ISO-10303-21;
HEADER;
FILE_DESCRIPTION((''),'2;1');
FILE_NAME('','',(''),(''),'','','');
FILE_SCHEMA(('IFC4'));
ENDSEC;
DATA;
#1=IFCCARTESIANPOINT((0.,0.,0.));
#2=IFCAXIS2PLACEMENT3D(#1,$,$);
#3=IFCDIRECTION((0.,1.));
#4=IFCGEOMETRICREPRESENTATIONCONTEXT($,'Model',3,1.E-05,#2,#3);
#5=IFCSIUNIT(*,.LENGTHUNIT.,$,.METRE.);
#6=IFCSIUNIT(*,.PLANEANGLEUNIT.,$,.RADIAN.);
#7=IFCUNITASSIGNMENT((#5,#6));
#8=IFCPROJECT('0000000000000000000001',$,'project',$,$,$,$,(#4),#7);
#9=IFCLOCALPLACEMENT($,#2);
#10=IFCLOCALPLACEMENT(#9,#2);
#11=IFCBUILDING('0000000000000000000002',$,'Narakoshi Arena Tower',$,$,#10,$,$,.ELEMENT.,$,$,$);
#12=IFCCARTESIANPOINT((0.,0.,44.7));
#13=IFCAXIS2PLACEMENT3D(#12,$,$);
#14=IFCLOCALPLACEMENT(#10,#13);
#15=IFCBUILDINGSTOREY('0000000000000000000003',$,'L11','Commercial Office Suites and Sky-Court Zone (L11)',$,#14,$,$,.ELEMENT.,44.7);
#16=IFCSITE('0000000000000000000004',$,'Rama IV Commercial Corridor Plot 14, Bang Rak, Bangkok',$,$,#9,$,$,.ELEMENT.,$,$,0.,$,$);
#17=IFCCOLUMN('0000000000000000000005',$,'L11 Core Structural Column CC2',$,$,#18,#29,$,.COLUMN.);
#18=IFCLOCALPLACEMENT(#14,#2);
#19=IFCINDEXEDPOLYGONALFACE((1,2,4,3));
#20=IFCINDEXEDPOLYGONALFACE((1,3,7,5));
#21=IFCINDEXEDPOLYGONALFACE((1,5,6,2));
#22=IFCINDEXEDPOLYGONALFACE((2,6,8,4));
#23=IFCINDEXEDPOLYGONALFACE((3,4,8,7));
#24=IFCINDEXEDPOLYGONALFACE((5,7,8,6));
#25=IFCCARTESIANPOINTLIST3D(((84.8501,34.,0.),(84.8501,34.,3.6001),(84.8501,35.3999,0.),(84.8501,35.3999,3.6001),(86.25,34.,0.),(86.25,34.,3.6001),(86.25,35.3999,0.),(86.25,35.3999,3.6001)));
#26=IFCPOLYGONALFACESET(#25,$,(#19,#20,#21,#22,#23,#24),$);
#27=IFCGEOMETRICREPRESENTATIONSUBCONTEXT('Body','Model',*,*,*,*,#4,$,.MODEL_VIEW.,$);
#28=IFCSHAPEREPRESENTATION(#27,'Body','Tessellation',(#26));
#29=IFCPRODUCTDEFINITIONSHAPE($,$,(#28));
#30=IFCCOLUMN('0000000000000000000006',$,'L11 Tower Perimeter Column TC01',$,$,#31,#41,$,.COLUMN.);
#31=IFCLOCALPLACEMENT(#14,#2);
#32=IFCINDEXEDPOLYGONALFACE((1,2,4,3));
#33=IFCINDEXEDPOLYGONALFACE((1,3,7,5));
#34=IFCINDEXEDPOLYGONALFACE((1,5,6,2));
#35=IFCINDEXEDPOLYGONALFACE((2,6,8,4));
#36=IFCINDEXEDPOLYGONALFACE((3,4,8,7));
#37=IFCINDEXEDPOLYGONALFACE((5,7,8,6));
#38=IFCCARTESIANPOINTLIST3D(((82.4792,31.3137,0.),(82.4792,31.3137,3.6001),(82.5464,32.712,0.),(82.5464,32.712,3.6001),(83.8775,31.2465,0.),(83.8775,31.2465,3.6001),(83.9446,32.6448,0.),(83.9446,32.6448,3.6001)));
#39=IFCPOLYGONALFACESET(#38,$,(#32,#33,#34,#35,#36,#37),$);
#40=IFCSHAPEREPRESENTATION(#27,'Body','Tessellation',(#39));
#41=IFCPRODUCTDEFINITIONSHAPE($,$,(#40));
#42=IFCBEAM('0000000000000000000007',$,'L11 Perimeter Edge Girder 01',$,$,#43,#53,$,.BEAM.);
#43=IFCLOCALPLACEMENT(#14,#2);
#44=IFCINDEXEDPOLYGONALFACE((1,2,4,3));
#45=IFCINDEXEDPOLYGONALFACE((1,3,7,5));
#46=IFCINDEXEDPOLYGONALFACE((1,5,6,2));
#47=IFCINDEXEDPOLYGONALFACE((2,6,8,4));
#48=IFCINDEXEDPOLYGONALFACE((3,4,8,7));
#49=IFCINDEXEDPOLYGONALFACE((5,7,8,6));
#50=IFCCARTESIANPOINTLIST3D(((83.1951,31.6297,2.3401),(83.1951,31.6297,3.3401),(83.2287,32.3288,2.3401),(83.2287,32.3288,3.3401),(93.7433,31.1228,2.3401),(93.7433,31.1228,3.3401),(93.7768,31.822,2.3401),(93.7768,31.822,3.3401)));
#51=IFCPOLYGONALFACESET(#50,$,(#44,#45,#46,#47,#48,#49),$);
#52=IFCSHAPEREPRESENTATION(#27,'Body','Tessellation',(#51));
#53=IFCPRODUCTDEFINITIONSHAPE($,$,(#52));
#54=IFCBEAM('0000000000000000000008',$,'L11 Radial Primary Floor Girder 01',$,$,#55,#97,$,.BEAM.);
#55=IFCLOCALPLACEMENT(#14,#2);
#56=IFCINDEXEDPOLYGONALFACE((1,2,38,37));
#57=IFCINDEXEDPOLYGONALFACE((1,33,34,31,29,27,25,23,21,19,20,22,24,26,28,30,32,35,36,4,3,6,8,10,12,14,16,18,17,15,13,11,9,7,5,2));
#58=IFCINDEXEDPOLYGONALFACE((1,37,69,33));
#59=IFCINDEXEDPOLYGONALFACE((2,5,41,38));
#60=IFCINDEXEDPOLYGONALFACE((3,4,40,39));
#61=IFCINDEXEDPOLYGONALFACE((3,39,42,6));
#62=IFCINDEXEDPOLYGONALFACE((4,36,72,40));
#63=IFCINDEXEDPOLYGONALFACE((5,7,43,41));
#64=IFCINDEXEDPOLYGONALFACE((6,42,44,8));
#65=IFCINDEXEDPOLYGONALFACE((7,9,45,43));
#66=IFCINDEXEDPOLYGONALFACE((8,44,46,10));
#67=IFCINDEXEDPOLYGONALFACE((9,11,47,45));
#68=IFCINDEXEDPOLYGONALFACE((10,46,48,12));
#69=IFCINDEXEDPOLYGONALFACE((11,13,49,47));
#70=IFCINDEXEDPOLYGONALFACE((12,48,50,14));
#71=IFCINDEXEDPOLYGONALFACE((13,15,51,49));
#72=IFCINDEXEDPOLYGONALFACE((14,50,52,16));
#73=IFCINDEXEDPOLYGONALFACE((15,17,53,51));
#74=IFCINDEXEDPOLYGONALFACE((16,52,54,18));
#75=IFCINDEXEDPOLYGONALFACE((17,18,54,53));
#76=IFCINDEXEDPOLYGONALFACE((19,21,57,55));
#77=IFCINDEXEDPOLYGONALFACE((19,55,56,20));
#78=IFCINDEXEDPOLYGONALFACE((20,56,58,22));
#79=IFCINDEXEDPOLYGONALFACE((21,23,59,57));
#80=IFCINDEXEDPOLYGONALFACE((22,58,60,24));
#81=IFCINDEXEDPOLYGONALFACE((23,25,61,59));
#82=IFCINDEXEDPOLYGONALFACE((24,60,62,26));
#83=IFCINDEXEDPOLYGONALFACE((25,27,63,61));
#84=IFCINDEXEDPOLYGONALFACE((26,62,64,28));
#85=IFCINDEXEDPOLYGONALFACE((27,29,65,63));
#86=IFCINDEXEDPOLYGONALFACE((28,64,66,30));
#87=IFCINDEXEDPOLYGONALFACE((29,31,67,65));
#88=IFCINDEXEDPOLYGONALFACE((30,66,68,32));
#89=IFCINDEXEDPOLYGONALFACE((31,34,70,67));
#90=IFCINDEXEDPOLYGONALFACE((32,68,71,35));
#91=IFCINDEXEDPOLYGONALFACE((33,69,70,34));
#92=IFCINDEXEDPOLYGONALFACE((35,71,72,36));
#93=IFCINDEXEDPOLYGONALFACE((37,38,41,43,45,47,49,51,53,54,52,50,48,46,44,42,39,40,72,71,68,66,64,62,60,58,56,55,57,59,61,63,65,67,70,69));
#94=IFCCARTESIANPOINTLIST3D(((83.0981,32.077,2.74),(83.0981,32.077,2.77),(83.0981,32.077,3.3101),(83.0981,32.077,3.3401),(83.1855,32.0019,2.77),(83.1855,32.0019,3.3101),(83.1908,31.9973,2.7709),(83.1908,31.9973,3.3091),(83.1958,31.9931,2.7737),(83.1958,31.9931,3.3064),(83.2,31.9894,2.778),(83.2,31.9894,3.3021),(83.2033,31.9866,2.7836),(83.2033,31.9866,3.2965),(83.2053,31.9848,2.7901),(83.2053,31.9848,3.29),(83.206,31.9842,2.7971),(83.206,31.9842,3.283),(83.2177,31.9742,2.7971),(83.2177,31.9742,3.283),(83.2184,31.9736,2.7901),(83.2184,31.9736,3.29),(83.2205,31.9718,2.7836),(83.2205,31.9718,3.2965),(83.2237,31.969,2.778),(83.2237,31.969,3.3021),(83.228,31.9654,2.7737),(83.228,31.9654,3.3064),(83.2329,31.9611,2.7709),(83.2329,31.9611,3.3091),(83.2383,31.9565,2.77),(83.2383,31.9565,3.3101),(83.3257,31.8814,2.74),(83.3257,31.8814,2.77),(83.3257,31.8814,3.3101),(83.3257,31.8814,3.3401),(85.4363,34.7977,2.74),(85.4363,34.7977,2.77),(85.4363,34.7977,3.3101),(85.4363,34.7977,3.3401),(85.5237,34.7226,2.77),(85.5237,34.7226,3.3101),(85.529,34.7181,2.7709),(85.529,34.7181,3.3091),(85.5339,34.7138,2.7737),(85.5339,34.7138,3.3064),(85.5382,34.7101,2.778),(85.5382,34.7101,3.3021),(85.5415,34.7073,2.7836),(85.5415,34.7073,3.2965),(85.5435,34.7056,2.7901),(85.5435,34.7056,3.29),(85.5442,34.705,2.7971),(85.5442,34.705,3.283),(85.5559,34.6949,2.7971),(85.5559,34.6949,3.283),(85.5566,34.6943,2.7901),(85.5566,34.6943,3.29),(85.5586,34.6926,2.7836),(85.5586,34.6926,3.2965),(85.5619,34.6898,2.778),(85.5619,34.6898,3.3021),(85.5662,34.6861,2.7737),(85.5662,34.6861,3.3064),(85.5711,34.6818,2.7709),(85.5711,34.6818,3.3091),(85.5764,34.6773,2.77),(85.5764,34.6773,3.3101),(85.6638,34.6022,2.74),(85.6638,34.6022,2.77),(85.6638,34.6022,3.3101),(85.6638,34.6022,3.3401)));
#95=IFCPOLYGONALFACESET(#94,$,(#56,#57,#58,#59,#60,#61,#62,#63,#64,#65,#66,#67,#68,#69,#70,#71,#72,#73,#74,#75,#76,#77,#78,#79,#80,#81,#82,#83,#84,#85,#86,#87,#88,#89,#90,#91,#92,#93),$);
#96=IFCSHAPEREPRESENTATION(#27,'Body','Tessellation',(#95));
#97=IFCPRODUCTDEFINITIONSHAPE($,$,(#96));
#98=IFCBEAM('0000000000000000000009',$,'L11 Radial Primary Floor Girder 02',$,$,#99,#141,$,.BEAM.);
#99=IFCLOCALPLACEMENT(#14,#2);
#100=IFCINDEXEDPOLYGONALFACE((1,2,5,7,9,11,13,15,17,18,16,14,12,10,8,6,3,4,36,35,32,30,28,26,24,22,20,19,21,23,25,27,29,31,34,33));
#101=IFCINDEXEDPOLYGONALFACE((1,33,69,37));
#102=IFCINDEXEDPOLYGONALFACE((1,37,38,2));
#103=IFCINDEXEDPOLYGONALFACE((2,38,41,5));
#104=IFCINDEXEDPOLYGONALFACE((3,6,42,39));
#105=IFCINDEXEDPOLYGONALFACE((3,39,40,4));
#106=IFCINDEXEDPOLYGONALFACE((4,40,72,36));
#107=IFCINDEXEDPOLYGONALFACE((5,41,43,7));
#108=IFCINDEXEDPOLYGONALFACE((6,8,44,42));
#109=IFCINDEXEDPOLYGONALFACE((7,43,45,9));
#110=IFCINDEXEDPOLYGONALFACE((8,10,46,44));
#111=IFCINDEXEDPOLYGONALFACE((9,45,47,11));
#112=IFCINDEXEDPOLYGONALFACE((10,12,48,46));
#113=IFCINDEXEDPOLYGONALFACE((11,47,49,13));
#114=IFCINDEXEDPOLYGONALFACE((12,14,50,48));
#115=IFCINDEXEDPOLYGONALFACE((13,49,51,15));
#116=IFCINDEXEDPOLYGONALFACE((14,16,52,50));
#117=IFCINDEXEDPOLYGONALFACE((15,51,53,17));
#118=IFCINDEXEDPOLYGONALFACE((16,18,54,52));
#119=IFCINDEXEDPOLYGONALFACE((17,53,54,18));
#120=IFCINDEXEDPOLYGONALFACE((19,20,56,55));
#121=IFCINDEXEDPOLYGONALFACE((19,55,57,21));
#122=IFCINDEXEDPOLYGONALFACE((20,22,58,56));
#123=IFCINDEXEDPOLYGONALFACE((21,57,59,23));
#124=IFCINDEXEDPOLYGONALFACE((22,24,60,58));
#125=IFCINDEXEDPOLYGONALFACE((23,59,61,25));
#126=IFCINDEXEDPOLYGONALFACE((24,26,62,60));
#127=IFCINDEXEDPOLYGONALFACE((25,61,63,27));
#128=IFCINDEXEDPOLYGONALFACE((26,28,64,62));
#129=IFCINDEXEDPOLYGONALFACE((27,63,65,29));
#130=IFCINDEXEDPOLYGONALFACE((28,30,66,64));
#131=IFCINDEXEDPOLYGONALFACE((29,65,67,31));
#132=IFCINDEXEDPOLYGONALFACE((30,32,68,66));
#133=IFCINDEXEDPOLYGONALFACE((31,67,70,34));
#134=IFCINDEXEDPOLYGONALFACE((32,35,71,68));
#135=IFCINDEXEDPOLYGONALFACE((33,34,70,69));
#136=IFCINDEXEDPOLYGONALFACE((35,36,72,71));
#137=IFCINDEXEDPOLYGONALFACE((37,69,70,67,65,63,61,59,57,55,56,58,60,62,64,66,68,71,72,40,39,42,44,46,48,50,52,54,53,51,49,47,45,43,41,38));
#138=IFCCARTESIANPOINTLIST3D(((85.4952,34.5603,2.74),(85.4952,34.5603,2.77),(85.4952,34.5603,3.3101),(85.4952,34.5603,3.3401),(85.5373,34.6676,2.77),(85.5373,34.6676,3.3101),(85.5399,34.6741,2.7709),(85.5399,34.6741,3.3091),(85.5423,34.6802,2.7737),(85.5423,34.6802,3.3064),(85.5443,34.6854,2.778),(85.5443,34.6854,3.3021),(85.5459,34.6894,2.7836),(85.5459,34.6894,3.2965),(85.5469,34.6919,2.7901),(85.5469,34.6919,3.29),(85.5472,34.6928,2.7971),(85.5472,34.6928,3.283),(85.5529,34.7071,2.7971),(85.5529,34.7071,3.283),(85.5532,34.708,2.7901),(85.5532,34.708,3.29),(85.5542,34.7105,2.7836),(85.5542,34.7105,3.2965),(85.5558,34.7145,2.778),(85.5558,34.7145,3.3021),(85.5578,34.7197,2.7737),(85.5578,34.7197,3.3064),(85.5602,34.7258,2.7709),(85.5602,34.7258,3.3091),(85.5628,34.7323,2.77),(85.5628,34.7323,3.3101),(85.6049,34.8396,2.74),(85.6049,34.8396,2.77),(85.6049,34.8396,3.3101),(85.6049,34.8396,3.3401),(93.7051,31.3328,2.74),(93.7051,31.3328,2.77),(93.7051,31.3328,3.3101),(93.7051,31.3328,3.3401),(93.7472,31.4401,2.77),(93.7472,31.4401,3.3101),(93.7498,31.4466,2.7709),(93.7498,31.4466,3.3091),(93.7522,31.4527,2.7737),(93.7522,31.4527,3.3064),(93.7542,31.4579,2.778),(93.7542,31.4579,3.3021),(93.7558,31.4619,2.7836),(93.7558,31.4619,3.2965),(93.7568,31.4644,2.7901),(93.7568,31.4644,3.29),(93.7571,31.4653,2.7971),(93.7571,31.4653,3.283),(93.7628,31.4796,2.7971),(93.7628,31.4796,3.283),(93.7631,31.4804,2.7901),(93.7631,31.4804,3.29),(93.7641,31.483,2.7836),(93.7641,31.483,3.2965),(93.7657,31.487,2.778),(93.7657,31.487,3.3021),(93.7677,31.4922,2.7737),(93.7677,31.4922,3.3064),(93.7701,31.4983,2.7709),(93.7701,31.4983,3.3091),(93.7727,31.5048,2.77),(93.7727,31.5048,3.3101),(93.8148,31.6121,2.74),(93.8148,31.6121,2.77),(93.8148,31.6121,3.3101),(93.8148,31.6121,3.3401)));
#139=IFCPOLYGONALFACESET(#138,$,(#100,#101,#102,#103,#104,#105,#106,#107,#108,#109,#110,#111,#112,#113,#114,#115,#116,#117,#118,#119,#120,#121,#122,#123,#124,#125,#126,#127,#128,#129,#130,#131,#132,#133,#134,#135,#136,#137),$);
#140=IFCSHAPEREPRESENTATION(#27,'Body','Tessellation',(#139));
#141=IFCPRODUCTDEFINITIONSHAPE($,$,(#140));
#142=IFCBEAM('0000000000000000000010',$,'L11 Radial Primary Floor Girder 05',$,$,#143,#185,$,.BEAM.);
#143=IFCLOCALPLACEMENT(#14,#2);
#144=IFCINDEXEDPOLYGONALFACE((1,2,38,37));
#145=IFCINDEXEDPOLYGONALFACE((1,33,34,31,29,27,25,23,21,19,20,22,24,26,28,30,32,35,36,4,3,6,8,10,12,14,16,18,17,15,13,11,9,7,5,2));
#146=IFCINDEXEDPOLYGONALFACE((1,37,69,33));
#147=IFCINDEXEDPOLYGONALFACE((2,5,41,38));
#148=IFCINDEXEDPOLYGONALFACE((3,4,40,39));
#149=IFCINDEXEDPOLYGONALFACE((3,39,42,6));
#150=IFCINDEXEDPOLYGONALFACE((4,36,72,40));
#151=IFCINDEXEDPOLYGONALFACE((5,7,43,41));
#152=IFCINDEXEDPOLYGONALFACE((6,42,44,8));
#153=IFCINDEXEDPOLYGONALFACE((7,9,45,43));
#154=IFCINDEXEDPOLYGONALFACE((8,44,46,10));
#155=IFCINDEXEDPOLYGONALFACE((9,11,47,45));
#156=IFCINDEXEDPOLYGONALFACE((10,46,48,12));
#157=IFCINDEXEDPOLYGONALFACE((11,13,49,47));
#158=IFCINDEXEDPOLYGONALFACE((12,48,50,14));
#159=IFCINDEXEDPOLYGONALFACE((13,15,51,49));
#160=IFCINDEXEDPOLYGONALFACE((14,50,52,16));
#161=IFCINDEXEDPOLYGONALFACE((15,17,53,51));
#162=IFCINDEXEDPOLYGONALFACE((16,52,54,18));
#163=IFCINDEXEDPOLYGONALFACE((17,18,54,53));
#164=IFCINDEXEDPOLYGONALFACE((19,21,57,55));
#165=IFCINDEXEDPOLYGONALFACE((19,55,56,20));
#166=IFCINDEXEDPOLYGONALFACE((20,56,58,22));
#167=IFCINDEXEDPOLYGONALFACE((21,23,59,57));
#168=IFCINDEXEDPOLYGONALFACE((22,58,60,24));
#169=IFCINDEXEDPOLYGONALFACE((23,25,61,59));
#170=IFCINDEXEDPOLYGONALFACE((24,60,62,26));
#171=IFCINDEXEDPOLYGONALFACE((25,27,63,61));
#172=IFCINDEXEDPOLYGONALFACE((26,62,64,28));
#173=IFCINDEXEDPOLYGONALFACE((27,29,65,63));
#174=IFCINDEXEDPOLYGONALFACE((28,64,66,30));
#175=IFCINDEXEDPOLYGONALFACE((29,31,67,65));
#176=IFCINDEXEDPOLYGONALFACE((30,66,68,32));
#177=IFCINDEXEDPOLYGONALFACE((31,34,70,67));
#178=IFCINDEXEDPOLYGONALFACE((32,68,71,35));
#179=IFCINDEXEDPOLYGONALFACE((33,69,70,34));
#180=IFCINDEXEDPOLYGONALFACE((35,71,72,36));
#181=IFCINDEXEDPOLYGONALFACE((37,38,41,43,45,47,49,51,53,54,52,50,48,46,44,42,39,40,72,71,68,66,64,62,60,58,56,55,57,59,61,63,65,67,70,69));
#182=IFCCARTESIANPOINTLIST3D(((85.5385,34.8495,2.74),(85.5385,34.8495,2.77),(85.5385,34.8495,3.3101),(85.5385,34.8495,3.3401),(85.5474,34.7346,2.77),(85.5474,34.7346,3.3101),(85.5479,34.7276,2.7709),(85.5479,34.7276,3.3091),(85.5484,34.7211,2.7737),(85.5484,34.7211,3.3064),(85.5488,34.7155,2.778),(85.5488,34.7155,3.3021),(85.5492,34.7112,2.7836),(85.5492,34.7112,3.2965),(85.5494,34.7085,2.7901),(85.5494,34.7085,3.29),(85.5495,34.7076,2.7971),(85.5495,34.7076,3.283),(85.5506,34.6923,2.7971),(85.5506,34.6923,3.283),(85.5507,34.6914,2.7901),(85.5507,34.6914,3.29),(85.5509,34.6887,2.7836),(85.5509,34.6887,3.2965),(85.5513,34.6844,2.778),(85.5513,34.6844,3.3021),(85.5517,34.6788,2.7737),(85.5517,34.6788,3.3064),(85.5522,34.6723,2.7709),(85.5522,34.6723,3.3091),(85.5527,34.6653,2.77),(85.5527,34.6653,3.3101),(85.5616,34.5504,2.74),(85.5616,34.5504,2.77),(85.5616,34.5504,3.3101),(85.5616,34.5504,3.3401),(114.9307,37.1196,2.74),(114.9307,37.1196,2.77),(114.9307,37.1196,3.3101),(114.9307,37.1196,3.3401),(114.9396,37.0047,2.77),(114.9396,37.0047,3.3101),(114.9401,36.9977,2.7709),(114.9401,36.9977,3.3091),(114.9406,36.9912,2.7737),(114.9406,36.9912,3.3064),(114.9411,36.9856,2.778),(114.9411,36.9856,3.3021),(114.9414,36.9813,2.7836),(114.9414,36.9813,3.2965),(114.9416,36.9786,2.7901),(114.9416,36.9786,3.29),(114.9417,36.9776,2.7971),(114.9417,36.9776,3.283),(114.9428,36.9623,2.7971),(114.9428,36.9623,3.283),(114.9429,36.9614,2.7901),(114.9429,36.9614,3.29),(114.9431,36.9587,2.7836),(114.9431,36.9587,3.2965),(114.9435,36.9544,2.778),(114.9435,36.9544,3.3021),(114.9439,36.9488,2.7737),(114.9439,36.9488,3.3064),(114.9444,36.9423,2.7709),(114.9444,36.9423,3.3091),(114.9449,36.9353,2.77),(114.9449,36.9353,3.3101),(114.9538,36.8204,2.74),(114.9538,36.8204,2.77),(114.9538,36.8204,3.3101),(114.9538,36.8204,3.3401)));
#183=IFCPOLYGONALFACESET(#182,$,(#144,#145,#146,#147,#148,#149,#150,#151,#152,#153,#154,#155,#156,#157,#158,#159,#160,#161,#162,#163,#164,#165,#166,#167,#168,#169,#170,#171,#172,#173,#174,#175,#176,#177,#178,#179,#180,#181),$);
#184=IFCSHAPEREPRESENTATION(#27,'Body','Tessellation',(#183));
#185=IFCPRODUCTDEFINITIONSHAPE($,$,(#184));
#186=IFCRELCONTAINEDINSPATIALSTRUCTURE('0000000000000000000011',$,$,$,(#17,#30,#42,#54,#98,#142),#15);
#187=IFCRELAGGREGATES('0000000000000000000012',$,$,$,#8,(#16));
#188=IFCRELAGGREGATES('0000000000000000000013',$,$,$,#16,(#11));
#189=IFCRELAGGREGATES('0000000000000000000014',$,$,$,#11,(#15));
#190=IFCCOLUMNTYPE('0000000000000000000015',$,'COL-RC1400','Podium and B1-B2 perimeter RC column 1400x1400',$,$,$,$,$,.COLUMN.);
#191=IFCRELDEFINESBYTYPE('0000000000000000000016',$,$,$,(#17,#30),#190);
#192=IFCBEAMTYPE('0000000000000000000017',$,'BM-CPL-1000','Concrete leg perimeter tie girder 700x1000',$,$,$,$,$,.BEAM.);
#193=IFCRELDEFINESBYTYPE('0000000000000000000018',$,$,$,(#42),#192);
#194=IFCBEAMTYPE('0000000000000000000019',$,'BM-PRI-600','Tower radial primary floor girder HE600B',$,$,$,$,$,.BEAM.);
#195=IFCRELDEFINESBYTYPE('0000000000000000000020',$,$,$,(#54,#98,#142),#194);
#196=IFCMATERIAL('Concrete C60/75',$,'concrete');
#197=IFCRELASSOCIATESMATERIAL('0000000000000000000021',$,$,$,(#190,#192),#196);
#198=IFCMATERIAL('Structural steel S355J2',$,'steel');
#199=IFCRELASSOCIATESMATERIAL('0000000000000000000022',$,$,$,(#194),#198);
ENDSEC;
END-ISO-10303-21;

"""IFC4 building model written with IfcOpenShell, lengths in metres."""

from ifc_helpers import new_model, si_unit, direction, frame, origin, origin_2d, place, context, subcontext, project, spatial, rectangle, i_section, extrude, material, material_profile, profile_set, type_object, element, save


model = new_model("IFC4")

# Units and contexts
model_context = context("Model", 3, precision=1e-05, world=origin(), true_north=direction((0.0, 1.0)))
body_context = subcontext(model_context, "Body", "Model", "MODEL_VIEW")
ifc_project = project(units=[si_unit("LENGTHUNIT", "METRE"), si_unit("PLANEANGLEUNIT", "RADIAN")], contexts=[model_context])

# Site, building, storey
site_placement = place(None, origin())
site = spatial("IfcSite", under=ifc_project, at=site_placement, Name="Rama IV Commercial Corridor Plot 14, Bang Rak, Bangkok", CompositionType="ELEMENT", RefElevation=0.0)
building_placement = place(site_placement, origin())
building = spatial("IfcBuilding", under=site, at=building_placement, Name="Narakoshi Arena Tower", CompositionType="ELEMENT")
storey_placement = place(building_placement, frame((0.0, 0.0, 44.7)))
storey = spatial("IfcBuildingStorey", under=building, at=storey_placement, Name="L11", Description="Commercial Office Suites and Sky-Court Zone (L11)", CompositionType="ELEMENT", Elevation=44.7)

# Columns
ifc_material_1 = material(Name="Concrete C60/75", Category="concrete")
ifc_material_profile_1 = material_profile(ifc_material_1, rectangle(XDim=1.3999, YDim=1.3999, at=origin_2d()), Name="RC1400x1400")
ifc_profile_set_1 = profile_set([ifc_material_profile_1], Name="Concrete C60/75")
column_type = type_object("IfcColumnType", Name="COL-RC1400", Description="Podium and B1-B2 perimeter RC column 1400x1400", PredefinedType="COLUMN", material=ifc_profile_set_1)
for number, where, z_axis, x_axis, name in (
    (1, (85.55, 34.7, 0.0), (0.0, 0.0, 1.0), (1.0, 0.0, 0.0), "L11 Core Structural Column CC2"),
    (2, (83.2119, 31.9792, 0.0), (0.0, 0.0, 1.0), (-0.998848, 0.047978, 0.0), "L11 Tower Perimeter Column TC01"),
):
    element("IfcColumn", number, at=place(storey_placement, frame(where, z_axis=z_axis, x_axis=x_axis)), inside=storey, type_object=column_type, Name=name, PredefinedType="COLUMN", context=body_context, shape_type="SweptSolid", body=[
        extrude(rectangle(XDim=1.3999, YDim=1.3999, at=origin_2d()), origin(), (0.0, 0.0, 1.0), 3.6001),
    ])

# Beams
ifc_material_profile_2 = material_profile(ifc_material_1, rectangle(XDim=0.7, YDim=1.0, at=origin_2d()), Name="RCB700x1000")
ifc_profile_set_2 = profile_set([ifc_material_profile_2], Name="Concrete C60/75")
beam_type_1 = type_object("IfcBeamType", Name="BM-CPL-1000", Description="Concrete leg perimeter tie girder 700x1000", PredefinedType="BEAM", material=ifc_profile_set_2)
beam_1_placement = place(storey_placement, frame((83.2119, 31.9792, 2.8401), z_axis=(0.998848, -0.047995, 0.0), x_axis=(0.047995, 0.998848, 0.0)))
element("IfcBeam", 3, at=beam_1_placement, inside=storey, type_object=beam_type_1, Name="L11 Perimeter Edge Girder 01", PredefinedType="BEAM", context=body_context, shape_type="SweptSolid", body=[
    extrude(rectangle(XDim=0.7, YDim=1.0, at=origin_2d()), origin(), (0.0, 0.0, 1.0), 10.5603),
])
ifc_material_2 = material(Name="Structural steel S355J2", Category="steel")
ifc_material_profile_3 = material_profile(ifc_material_2, i_section(OverallWidth=0.3, OverallDepth=0.6001, WebThickness=0.0154, FlangeThickness=0.03, FilletRadius=0.0271, at=origin_2d()), Name="HE600B")
ifc_profile_set_3 = profile_set([ifc_material_profile_3], Name="Structural steel S355J2")
beam_type_2 = type_object("IfcBeamType", Name="BM-PRI-600", Description="Tower radial primary floor girder HE600B", PredefinedType="BEAM", material=ifc_profile_set_3)
beam_2_placement = place(storey_placement, frame((85.55, 34.7, 3.04), z_axis=(-0.651772, -0.758415, 0.0), x_axis=(0.758415, -0.651772, 0.0)))
element("IfcBeam", 4, at=beam_2_placement, inside=storey, type_object=beam_type_2, Name="L11 Radial Primary Floor Girder 01", PredefinedType="BEAM", context=body_context, shape_type="SweptSolid", body=[
    extrude(i_section(OverallWidth=0.3, OverallDepth=0.6001, WebThickness=0.0154, FlangeThickness=0.03, FilletRadius=0.0271, at=origin_2d()), origin(), (0.0, 0.0, 1.0), 3.5874),
])
beam_3_placement = place(storey_placement, frame((85.55, 34.7, 3.04), z_axis=(0.930667, -0.365868, 0.0), x_axis=(0.365868, 0.930667, 0.0)))
element("IfcBeam", 5, at=beam_3_placement, inside=storey, type_object=beam_type_2, Name="L11 Radial Primary Floor Girder 02", PredefinedType="BEAM", context=body_context, shape_type="SweptSolid", body=[
    extrude(i_section(OverallWidth=0.3, OverallDepth=0.6001, WebThickness=0.0154, FlangeThickness=0.03, FilletRadius=0.0271, at=origin_2d()), origin(), (0.0, 0.0, 1.0), 8.8215),
])
beam_4_placement = place(storey_placement, frame((85.55, 34.7, 3.04), z_axis=(0.997031, 0.077003, 0.0), x_axis=(-0.077003, 0.997031, 0.0)))
element("IfcBeam", 6, at=beam_4_placement, inside=storey, type_object=beam_type_2, Name="L11 Radial Primary Floor Girder 05", PredefinedType="BEAM", context=body_context, shape_type="SweptSolid", body=[
    extrude(i_section(OverallWidth=0.3, OverallDepth=0.6001, WebThickness=0.0154, FlangeThickness=0.03, FilletRadius=0.0271, at=origin_2d()), origin(), (0.0, 0.0, 1.0), 29.4797),
])

save(model, "model.ifc")
